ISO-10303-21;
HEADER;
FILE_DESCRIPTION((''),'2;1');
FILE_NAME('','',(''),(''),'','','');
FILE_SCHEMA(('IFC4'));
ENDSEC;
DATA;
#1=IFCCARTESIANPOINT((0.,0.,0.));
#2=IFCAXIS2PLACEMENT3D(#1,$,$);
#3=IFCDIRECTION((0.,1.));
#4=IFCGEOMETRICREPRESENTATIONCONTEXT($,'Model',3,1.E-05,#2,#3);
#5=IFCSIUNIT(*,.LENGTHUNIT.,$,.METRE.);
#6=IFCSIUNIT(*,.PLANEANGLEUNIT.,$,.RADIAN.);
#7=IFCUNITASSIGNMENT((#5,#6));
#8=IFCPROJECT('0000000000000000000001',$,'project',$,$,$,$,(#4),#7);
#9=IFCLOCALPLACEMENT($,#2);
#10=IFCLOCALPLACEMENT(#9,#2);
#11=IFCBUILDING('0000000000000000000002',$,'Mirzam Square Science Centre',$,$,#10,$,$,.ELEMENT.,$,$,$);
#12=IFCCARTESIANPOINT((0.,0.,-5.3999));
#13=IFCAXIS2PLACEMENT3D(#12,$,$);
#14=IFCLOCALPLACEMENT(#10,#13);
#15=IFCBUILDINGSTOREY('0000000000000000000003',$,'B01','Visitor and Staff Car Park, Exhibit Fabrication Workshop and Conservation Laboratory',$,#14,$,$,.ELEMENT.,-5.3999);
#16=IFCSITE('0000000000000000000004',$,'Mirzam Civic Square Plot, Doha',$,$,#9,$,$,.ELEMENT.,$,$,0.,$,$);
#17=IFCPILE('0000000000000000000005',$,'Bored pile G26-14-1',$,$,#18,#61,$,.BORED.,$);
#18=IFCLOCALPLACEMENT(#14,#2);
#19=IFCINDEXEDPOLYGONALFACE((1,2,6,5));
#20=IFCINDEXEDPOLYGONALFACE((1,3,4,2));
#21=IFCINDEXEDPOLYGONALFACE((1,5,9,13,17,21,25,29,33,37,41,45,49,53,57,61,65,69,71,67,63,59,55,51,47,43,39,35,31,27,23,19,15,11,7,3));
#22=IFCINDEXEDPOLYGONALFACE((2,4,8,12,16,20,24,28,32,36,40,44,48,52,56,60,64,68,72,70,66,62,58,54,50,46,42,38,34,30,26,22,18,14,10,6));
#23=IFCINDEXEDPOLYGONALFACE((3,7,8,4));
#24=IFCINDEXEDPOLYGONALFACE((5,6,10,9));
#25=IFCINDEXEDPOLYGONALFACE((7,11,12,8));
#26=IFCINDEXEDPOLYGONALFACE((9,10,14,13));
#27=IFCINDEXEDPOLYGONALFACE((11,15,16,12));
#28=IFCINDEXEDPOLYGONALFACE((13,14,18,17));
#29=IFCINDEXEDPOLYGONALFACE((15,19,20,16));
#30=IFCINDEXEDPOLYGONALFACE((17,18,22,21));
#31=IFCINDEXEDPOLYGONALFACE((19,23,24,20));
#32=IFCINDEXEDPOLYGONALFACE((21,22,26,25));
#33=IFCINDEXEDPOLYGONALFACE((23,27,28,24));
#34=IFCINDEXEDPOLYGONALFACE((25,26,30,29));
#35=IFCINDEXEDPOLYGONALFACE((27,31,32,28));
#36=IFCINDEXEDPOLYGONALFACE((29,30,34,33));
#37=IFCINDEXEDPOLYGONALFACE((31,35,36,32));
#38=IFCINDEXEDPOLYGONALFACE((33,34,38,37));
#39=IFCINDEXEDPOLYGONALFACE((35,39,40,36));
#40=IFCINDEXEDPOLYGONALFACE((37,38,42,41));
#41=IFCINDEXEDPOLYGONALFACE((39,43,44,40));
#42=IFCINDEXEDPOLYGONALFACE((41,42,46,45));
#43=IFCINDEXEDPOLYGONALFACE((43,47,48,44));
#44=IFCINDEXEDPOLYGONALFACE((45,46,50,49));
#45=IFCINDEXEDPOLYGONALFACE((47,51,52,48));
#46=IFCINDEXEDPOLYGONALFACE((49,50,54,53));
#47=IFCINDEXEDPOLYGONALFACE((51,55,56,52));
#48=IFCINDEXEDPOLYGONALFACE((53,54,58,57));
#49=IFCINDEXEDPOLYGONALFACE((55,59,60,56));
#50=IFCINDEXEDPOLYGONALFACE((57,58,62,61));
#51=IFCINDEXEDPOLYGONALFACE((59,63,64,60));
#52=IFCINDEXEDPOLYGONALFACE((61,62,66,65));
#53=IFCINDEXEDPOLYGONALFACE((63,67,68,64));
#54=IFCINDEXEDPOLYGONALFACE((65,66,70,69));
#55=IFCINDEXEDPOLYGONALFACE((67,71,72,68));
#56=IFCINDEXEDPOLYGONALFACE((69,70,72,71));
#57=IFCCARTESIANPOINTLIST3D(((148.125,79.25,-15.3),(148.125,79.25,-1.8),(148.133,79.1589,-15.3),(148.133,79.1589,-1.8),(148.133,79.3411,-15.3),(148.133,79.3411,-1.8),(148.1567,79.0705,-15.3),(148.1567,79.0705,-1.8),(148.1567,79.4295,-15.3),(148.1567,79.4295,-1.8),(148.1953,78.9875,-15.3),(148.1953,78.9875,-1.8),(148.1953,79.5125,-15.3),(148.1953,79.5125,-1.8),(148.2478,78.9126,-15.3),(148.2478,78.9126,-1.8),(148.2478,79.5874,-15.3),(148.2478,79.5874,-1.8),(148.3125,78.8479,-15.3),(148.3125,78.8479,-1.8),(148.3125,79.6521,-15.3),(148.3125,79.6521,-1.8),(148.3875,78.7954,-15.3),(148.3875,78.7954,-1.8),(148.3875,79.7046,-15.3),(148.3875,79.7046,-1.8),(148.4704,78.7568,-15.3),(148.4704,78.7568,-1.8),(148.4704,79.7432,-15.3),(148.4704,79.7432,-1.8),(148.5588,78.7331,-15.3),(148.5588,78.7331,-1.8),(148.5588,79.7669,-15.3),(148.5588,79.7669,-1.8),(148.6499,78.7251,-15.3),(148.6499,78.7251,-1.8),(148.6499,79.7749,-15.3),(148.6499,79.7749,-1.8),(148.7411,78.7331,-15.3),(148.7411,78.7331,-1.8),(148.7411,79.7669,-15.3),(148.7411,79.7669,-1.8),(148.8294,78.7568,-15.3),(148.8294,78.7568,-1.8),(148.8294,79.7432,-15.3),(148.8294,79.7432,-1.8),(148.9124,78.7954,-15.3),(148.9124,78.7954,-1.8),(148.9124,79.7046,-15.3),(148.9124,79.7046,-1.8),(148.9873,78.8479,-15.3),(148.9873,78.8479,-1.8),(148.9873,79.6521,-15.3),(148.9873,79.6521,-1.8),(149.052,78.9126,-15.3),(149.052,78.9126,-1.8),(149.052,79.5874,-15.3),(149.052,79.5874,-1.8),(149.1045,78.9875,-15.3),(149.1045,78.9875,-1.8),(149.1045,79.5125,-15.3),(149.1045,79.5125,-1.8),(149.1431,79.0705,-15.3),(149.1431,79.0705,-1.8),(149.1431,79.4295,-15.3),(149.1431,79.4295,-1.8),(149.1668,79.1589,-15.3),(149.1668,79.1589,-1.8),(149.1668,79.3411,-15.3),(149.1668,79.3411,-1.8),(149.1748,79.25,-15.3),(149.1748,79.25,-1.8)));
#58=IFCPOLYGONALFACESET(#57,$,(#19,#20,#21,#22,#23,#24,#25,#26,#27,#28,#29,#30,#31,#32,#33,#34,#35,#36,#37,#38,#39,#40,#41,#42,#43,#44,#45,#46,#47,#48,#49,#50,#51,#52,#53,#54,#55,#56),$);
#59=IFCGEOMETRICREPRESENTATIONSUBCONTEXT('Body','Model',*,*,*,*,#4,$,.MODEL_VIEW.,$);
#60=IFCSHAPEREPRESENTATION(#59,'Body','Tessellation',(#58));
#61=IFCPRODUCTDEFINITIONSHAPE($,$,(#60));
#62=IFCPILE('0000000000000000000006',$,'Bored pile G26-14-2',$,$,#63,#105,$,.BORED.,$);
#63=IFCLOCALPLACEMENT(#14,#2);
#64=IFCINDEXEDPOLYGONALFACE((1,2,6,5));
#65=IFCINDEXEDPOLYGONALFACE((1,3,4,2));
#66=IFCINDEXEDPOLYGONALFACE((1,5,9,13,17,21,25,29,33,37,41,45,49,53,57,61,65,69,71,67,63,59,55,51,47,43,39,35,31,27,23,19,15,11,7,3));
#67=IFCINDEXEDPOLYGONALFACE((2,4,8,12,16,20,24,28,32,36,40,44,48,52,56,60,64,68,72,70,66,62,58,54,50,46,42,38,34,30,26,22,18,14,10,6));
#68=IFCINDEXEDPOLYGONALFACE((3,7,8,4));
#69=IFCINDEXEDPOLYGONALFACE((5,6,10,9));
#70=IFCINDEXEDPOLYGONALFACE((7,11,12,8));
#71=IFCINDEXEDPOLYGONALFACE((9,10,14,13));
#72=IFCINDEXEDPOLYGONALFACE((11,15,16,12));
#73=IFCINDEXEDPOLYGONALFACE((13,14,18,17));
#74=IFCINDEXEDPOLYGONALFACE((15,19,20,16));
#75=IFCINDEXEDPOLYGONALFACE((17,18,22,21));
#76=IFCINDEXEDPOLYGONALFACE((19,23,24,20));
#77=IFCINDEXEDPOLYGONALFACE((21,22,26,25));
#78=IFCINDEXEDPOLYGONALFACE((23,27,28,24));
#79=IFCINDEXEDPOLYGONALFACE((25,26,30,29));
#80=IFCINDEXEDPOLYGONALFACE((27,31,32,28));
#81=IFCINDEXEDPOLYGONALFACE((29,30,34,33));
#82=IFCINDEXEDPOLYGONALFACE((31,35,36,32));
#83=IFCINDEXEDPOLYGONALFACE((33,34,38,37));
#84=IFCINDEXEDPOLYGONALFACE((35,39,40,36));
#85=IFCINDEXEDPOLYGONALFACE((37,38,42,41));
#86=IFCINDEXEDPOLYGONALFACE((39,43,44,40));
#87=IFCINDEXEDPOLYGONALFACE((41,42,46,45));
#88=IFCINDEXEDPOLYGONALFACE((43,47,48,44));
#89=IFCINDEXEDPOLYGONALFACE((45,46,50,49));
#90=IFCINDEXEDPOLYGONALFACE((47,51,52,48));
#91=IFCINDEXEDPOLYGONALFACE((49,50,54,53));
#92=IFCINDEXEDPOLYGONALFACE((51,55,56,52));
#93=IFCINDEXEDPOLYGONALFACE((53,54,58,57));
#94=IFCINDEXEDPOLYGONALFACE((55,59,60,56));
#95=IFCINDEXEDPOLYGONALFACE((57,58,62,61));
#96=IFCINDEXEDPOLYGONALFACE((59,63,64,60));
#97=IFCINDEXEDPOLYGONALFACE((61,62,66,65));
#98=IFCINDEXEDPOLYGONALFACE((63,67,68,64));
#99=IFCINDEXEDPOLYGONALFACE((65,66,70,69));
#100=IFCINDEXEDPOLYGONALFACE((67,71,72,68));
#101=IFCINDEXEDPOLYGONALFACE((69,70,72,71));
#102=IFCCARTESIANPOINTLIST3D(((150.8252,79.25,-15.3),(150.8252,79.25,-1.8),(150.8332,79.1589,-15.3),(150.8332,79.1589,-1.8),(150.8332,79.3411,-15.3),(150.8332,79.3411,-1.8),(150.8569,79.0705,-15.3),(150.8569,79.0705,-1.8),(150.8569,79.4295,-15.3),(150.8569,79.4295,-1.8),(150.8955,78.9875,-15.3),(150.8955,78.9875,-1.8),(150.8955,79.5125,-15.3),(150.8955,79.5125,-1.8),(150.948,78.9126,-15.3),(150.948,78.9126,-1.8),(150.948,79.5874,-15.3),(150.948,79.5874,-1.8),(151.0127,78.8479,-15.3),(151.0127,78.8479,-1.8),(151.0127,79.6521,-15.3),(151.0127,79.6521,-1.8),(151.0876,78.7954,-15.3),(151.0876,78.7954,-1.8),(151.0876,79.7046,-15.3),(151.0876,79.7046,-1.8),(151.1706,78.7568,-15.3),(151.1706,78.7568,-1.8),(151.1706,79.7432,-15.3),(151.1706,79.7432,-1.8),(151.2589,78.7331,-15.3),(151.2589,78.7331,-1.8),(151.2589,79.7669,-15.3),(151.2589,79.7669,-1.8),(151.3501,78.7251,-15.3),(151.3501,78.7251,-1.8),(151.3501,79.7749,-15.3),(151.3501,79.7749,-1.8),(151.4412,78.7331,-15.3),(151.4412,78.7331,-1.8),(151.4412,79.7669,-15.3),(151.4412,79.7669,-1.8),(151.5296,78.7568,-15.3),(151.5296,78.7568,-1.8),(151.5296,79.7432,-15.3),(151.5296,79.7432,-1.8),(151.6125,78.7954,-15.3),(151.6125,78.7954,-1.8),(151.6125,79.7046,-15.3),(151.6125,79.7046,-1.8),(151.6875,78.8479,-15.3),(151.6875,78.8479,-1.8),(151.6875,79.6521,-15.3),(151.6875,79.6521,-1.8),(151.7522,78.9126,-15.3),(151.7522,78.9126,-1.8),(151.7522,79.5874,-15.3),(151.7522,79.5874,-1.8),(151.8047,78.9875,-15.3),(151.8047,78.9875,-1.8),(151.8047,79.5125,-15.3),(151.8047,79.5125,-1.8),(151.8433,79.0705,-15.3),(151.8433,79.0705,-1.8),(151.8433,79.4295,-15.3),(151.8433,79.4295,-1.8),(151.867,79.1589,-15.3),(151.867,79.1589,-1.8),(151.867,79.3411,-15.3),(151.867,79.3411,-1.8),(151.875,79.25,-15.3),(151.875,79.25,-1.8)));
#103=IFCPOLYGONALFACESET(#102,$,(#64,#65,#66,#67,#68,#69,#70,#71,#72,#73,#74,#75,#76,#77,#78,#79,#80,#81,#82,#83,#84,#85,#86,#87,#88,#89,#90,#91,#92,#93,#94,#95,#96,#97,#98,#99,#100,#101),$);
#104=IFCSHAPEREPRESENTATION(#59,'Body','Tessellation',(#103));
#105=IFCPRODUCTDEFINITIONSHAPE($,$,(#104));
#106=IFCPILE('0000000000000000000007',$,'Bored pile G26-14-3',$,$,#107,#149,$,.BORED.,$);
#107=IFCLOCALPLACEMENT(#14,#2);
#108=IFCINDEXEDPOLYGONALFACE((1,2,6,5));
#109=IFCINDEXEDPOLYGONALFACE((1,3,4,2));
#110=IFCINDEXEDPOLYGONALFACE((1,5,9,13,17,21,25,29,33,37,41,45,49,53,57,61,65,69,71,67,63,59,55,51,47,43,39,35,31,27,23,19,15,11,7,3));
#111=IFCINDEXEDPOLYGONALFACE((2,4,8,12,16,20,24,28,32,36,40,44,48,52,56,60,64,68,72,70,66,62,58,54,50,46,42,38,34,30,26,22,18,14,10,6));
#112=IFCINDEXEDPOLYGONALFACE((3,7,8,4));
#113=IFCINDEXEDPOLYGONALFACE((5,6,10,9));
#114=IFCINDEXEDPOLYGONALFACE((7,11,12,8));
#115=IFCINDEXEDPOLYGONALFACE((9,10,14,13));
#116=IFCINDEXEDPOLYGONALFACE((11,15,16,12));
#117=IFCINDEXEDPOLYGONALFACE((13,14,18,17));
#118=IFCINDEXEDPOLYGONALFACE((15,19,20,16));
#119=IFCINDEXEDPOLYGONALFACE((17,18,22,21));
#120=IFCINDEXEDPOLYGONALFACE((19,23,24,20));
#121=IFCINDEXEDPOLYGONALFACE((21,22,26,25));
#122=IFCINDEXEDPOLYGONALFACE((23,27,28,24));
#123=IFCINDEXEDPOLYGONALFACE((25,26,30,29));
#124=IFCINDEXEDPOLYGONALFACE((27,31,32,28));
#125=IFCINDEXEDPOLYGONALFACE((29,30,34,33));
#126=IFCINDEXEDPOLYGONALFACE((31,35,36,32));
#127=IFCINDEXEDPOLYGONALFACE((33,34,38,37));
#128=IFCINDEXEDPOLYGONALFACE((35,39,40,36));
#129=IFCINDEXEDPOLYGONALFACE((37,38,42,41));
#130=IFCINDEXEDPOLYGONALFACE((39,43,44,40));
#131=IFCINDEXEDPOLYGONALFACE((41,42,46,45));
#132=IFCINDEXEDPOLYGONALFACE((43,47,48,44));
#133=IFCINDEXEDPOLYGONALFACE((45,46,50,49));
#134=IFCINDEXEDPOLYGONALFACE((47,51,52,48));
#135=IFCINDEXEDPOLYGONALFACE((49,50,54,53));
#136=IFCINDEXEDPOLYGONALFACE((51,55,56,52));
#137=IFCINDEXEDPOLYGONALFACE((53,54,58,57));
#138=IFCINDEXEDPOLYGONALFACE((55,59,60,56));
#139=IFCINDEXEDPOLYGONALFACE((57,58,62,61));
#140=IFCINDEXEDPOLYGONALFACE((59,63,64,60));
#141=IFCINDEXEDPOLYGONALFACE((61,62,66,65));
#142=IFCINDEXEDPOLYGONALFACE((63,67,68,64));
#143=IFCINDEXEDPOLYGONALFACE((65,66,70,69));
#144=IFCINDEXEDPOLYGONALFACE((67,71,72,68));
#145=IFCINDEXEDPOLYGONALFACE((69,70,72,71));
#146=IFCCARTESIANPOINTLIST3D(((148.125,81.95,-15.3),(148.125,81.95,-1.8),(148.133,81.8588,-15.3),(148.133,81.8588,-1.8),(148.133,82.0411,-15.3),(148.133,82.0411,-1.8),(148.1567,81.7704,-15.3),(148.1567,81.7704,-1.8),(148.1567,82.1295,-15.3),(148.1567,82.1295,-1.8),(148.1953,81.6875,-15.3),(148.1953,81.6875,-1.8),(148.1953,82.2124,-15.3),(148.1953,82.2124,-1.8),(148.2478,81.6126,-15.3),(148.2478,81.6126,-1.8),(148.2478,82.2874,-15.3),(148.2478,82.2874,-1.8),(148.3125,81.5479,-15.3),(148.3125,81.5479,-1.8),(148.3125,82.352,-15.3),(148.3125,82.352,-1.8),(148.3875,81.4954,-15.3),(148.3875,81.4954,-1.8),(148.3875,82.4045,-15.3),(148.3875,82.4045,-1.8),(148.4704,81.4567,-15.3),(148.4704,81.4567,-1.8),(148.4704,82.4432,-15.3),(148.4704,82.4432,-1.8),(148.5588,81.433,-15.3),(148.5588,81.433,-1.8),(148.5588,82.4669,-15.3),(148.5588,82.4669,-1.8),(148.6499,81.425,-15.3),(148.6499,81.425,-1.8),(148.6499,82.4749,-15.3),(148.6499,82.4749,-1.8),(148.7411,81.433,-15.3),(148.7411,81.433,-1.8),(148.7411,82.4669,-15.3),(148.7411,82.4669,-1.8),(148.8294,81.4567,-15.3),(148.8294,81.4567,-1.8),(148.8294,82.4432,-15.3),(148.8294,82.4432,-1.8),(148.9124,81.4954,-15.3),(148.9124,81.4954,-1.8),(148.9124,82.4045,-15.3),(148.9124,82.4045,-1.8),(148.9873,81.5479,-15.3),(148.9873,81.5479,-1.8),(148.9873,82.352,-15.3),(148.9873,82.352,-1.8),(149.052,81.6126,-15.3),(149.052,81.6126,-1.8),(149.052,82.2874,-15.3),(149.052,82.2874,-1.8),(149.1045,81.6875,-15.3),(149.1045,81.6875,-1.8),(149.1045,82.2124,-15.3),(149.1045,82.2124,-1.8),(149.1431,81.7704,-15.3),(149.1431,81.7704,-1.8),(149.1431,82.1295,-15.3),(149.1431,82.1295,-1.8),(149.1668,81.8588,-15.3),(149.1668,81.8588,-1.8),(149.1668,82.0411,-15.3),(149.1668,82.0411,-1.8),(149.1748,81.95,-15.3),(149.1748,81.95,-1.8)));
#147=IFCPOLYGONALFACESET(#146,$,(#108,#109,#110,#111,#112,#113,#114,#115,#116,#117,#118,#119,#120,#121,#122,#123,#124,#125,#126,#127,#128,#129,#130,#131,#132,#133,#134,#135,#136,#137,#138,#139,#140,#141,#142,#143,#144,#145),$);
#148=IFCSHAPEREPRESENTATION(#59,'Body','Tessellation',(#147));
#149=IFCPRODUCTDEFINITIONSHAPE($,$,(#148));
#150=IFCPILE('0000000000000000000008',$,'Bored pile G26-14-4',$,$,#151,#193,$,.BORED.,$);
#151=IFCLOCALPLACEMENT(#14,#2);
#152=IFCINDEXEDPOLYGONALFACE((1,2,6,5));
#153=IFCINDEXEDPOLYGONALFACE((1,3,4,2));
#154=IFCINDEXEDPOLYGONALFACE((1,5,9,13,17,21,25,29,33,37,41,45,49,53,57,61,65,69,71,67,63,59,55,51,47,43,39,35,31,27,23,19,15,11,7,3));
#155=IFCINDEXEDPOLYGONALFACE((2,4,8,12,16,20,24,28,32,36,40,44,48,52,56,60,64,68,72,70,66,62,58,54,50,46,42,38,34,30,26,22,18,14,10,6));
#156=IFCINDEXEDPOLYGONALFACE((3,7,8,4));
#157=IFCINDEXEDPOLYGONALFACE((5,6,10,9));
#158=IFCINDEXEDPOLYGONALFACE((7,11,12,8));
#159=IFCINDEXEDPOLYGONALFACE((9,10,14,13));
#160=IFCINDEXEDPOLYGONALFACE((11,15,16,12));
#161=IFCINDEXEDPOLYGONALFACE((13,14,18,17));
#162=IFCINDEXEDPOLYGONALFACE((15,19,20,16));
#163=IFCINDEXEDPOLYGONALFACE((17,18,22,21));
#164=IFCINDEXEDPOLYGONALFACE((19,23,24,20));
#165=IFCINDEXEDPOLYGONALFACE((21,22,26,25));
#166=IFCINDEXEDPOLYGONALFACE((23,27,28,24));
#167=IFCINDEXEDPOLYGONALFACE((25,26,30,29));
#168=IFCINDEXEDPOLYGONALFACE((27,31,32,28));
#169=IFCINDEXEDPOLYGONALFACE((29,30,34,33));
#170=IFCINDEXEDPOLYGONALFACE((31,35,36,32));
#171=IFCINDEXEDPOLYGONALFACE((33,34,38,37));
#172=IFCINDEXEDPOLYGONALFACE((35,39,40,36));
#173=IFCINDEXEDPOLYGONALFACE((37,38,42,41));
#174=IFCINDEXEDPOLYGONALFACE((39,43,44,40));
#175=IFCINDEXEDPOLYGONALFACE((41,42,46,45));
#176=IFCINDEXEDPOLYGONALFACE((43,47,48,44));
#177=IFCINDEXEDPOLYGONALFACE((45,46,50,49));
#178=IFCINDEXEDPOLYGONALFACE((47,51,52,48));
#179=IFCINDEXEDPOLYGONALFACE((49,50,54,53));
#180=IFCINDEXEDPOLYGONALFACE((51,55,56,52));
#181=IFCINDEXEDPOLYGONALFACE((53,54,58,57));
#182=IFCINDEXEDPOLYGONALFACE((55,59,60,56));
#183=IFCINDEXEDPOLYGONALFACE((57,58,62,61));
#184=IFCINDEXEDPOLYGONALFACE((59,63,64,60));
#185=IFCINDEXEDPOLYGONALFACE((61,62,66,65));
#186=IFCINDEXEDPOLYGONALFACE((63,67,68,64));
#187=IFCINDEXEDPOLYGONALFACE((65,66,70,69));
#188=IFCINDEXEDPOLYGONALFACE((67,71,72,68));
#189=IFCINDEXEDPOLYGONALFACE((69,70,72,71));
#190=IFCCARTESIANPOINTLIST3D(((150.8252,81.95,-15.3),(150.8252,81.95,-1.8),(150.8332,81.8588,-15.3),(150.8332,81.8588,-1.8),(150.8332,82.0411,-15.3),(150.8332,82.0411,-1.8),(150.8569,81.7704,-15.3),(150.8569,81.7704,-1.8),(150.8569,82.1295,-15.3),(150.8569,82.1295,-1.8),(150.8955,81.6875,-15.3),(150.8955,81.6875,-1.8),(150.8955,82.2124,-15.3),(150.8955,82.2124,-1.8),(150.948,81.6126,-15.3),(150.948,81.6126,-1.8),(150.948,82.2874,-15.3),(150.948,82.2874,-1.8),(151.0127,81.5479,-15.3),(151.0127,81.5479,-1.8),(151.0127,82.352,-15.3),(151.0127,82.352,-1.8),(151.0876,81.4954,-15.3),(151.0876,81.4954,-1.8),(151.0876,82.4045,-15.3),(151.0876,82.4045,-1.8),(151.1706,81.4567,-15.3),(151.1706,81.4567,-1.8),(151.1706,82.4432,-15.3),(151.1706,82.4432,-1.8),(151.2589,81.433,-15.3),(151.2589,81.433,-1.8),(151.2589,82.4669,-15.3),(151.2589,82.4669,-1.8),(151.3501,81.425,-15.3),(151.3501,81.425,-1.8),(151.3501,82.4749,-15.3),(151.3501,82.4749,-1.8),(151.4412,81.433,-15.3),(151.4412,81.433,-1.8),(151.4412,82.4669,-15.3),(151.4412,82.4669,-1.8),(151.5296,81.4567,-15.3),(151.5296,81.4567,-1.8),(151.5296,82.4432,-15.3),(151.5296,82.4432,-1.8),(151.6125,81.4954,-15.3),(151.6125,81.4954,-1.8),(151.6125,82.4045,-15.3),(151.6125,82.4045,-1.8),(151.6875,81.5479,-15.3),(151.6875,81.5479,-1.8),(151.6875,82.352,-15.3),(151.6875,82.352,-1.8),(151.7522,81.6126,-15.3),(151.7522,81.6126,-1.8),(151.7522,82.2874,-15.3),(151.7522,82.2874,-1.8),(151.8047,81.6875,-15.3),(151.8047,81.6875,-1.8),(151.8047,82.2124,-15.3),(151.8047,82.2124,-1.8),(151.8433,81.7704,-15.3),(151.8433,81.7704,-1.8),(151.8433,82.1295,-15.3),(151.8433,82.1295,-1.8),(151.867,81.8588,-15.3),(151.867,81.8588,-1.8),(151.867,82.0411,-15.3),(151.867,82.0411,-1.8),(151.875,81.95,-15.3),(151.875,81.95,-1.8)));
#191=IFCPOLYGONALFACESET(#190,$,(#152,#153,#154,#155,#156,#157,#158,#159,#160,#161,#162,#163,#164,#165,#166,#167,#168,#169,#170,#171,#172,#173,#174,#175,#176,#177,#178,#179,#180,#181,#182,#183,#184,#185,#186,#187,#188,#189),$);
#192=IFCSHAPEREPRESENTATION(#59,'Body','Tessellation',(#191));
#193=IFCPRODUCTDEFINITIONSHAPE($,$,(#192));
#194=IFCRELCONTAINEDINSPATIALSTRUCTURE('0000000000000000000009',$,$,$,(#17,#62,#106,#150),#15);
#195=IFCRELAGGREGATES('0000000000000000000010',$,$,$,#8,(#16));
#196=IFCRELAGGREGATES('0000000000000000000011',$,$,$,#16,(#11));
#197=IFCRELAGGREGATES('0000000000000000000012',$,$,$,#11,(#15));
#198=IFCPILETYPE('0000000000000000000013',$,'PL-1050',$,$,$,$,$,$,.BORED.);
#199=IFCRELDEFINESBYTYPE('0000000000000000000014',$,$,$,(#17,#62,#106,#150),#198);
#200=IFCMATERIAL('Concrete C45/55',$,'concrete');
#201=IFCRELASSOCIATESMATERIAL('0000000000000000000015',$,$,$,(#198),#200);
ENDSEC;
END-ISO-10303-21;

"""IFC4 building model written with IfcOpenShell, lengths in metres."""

from ifc_helpers import new_model, si_unit, direction, frame, origin, origin_2d, place, context, subcontext, project, spatial, circle, extrude, material, material_profile, profile_set, type_object, element, save


model = new_model("IFC4")

# Units and contexts
model_context = context("Model", 3, precision=1e-05, world=origin(), true_north=direction((0.0, 1.0)))
body_context = subcontext(model_context, "Body", "Model", "MODEL_VIEW")
ifc_project = project(units=[si_unit("LENGTHUNIT", "METRE"), si_unit("PLANEANGLEUNIT", "RADIAN")], contexts=[model_context])

# Site, building, storey
site_placement = place(None, origin())
site = spatial("IfcSite", under=ifc_project, at=site_placement, Name="Mirzam Civic Square Plot, Doha", CompositionType="ELEMENT", RefElevation=0.0)
building_placement = place(site_placement, origin())
building = spatial("IfcBuilding", under=site, at=building_placement, Name="Mirzam Square Science Centre", CompositionType="ELEMENT")
storey_placement = place(building_placement, frame((0.0, 0.0, -5.3999)))
storey = spatial("IfcBuildingStorey", under=building, at=storey_placement, Name="B01", Description="Visitor and Staff Car Park, Exhibit Fabrication Workshop and Conservation Laboratory", CompositionType="ELEMENT", Elevation=-5.3999)

# Shared definitions
ifc_material_1 = material(Name="Concrete C45/55", Category="concrete")

# Piles
ifc_material_profile_1 = material_profile(ifc_material_1, circle(Radius=0.5249, at=origin_2d()), Name="PILE-D1050")
ifc_profile_set_1 = profile_set([ifc_material_profile_1], Name="Concrete C45/55")
pile_type_1 = type_object("IfcPileType", Name="PL-1050", PredefinedType="BORED", material=ifc_profile_set_1)
for number, where, z_axis, x_axis, name in (
    (1, (148.6499, 79.25, -1.8), (0.0, 0.0, -1.0), (1.0, 0.0, 0.0), "Bored pile G26-14-1"),
    (2, (151.3501, 79.25, -1.8), (0.0, 0.0, -1.0), (1.0, 0.0, 0.0), "Bored pile G26-14-2"),
    (3, (148.6499, 81.95, -1.8), (0.0, 0.0, -1.0), (1.0, 0.0, 0.0), "Bored pile G26-14-3"),
    (4, (151.3501, 81.95, -1.8), (0.0, 0.0, -1.0), (1.0, 0.0, 0.0), "Bored pile G26-14-4"),
):
    element("IfcPile", number, at=place(storey_placement, frame(where, z_axis=z_axis, x_axis=x_axis)), inside=storey, type_object=pile_type_1, Name=name, PredefinedType="BORED", context=body_context, shape_type="SweptSolid", body=[
        extrude(circle(Radius=0.5249, at=origin_2d()), origin(), (0.0, 0.0, 1.0), 13.5),
    ])

save(model, "model.ifc")
